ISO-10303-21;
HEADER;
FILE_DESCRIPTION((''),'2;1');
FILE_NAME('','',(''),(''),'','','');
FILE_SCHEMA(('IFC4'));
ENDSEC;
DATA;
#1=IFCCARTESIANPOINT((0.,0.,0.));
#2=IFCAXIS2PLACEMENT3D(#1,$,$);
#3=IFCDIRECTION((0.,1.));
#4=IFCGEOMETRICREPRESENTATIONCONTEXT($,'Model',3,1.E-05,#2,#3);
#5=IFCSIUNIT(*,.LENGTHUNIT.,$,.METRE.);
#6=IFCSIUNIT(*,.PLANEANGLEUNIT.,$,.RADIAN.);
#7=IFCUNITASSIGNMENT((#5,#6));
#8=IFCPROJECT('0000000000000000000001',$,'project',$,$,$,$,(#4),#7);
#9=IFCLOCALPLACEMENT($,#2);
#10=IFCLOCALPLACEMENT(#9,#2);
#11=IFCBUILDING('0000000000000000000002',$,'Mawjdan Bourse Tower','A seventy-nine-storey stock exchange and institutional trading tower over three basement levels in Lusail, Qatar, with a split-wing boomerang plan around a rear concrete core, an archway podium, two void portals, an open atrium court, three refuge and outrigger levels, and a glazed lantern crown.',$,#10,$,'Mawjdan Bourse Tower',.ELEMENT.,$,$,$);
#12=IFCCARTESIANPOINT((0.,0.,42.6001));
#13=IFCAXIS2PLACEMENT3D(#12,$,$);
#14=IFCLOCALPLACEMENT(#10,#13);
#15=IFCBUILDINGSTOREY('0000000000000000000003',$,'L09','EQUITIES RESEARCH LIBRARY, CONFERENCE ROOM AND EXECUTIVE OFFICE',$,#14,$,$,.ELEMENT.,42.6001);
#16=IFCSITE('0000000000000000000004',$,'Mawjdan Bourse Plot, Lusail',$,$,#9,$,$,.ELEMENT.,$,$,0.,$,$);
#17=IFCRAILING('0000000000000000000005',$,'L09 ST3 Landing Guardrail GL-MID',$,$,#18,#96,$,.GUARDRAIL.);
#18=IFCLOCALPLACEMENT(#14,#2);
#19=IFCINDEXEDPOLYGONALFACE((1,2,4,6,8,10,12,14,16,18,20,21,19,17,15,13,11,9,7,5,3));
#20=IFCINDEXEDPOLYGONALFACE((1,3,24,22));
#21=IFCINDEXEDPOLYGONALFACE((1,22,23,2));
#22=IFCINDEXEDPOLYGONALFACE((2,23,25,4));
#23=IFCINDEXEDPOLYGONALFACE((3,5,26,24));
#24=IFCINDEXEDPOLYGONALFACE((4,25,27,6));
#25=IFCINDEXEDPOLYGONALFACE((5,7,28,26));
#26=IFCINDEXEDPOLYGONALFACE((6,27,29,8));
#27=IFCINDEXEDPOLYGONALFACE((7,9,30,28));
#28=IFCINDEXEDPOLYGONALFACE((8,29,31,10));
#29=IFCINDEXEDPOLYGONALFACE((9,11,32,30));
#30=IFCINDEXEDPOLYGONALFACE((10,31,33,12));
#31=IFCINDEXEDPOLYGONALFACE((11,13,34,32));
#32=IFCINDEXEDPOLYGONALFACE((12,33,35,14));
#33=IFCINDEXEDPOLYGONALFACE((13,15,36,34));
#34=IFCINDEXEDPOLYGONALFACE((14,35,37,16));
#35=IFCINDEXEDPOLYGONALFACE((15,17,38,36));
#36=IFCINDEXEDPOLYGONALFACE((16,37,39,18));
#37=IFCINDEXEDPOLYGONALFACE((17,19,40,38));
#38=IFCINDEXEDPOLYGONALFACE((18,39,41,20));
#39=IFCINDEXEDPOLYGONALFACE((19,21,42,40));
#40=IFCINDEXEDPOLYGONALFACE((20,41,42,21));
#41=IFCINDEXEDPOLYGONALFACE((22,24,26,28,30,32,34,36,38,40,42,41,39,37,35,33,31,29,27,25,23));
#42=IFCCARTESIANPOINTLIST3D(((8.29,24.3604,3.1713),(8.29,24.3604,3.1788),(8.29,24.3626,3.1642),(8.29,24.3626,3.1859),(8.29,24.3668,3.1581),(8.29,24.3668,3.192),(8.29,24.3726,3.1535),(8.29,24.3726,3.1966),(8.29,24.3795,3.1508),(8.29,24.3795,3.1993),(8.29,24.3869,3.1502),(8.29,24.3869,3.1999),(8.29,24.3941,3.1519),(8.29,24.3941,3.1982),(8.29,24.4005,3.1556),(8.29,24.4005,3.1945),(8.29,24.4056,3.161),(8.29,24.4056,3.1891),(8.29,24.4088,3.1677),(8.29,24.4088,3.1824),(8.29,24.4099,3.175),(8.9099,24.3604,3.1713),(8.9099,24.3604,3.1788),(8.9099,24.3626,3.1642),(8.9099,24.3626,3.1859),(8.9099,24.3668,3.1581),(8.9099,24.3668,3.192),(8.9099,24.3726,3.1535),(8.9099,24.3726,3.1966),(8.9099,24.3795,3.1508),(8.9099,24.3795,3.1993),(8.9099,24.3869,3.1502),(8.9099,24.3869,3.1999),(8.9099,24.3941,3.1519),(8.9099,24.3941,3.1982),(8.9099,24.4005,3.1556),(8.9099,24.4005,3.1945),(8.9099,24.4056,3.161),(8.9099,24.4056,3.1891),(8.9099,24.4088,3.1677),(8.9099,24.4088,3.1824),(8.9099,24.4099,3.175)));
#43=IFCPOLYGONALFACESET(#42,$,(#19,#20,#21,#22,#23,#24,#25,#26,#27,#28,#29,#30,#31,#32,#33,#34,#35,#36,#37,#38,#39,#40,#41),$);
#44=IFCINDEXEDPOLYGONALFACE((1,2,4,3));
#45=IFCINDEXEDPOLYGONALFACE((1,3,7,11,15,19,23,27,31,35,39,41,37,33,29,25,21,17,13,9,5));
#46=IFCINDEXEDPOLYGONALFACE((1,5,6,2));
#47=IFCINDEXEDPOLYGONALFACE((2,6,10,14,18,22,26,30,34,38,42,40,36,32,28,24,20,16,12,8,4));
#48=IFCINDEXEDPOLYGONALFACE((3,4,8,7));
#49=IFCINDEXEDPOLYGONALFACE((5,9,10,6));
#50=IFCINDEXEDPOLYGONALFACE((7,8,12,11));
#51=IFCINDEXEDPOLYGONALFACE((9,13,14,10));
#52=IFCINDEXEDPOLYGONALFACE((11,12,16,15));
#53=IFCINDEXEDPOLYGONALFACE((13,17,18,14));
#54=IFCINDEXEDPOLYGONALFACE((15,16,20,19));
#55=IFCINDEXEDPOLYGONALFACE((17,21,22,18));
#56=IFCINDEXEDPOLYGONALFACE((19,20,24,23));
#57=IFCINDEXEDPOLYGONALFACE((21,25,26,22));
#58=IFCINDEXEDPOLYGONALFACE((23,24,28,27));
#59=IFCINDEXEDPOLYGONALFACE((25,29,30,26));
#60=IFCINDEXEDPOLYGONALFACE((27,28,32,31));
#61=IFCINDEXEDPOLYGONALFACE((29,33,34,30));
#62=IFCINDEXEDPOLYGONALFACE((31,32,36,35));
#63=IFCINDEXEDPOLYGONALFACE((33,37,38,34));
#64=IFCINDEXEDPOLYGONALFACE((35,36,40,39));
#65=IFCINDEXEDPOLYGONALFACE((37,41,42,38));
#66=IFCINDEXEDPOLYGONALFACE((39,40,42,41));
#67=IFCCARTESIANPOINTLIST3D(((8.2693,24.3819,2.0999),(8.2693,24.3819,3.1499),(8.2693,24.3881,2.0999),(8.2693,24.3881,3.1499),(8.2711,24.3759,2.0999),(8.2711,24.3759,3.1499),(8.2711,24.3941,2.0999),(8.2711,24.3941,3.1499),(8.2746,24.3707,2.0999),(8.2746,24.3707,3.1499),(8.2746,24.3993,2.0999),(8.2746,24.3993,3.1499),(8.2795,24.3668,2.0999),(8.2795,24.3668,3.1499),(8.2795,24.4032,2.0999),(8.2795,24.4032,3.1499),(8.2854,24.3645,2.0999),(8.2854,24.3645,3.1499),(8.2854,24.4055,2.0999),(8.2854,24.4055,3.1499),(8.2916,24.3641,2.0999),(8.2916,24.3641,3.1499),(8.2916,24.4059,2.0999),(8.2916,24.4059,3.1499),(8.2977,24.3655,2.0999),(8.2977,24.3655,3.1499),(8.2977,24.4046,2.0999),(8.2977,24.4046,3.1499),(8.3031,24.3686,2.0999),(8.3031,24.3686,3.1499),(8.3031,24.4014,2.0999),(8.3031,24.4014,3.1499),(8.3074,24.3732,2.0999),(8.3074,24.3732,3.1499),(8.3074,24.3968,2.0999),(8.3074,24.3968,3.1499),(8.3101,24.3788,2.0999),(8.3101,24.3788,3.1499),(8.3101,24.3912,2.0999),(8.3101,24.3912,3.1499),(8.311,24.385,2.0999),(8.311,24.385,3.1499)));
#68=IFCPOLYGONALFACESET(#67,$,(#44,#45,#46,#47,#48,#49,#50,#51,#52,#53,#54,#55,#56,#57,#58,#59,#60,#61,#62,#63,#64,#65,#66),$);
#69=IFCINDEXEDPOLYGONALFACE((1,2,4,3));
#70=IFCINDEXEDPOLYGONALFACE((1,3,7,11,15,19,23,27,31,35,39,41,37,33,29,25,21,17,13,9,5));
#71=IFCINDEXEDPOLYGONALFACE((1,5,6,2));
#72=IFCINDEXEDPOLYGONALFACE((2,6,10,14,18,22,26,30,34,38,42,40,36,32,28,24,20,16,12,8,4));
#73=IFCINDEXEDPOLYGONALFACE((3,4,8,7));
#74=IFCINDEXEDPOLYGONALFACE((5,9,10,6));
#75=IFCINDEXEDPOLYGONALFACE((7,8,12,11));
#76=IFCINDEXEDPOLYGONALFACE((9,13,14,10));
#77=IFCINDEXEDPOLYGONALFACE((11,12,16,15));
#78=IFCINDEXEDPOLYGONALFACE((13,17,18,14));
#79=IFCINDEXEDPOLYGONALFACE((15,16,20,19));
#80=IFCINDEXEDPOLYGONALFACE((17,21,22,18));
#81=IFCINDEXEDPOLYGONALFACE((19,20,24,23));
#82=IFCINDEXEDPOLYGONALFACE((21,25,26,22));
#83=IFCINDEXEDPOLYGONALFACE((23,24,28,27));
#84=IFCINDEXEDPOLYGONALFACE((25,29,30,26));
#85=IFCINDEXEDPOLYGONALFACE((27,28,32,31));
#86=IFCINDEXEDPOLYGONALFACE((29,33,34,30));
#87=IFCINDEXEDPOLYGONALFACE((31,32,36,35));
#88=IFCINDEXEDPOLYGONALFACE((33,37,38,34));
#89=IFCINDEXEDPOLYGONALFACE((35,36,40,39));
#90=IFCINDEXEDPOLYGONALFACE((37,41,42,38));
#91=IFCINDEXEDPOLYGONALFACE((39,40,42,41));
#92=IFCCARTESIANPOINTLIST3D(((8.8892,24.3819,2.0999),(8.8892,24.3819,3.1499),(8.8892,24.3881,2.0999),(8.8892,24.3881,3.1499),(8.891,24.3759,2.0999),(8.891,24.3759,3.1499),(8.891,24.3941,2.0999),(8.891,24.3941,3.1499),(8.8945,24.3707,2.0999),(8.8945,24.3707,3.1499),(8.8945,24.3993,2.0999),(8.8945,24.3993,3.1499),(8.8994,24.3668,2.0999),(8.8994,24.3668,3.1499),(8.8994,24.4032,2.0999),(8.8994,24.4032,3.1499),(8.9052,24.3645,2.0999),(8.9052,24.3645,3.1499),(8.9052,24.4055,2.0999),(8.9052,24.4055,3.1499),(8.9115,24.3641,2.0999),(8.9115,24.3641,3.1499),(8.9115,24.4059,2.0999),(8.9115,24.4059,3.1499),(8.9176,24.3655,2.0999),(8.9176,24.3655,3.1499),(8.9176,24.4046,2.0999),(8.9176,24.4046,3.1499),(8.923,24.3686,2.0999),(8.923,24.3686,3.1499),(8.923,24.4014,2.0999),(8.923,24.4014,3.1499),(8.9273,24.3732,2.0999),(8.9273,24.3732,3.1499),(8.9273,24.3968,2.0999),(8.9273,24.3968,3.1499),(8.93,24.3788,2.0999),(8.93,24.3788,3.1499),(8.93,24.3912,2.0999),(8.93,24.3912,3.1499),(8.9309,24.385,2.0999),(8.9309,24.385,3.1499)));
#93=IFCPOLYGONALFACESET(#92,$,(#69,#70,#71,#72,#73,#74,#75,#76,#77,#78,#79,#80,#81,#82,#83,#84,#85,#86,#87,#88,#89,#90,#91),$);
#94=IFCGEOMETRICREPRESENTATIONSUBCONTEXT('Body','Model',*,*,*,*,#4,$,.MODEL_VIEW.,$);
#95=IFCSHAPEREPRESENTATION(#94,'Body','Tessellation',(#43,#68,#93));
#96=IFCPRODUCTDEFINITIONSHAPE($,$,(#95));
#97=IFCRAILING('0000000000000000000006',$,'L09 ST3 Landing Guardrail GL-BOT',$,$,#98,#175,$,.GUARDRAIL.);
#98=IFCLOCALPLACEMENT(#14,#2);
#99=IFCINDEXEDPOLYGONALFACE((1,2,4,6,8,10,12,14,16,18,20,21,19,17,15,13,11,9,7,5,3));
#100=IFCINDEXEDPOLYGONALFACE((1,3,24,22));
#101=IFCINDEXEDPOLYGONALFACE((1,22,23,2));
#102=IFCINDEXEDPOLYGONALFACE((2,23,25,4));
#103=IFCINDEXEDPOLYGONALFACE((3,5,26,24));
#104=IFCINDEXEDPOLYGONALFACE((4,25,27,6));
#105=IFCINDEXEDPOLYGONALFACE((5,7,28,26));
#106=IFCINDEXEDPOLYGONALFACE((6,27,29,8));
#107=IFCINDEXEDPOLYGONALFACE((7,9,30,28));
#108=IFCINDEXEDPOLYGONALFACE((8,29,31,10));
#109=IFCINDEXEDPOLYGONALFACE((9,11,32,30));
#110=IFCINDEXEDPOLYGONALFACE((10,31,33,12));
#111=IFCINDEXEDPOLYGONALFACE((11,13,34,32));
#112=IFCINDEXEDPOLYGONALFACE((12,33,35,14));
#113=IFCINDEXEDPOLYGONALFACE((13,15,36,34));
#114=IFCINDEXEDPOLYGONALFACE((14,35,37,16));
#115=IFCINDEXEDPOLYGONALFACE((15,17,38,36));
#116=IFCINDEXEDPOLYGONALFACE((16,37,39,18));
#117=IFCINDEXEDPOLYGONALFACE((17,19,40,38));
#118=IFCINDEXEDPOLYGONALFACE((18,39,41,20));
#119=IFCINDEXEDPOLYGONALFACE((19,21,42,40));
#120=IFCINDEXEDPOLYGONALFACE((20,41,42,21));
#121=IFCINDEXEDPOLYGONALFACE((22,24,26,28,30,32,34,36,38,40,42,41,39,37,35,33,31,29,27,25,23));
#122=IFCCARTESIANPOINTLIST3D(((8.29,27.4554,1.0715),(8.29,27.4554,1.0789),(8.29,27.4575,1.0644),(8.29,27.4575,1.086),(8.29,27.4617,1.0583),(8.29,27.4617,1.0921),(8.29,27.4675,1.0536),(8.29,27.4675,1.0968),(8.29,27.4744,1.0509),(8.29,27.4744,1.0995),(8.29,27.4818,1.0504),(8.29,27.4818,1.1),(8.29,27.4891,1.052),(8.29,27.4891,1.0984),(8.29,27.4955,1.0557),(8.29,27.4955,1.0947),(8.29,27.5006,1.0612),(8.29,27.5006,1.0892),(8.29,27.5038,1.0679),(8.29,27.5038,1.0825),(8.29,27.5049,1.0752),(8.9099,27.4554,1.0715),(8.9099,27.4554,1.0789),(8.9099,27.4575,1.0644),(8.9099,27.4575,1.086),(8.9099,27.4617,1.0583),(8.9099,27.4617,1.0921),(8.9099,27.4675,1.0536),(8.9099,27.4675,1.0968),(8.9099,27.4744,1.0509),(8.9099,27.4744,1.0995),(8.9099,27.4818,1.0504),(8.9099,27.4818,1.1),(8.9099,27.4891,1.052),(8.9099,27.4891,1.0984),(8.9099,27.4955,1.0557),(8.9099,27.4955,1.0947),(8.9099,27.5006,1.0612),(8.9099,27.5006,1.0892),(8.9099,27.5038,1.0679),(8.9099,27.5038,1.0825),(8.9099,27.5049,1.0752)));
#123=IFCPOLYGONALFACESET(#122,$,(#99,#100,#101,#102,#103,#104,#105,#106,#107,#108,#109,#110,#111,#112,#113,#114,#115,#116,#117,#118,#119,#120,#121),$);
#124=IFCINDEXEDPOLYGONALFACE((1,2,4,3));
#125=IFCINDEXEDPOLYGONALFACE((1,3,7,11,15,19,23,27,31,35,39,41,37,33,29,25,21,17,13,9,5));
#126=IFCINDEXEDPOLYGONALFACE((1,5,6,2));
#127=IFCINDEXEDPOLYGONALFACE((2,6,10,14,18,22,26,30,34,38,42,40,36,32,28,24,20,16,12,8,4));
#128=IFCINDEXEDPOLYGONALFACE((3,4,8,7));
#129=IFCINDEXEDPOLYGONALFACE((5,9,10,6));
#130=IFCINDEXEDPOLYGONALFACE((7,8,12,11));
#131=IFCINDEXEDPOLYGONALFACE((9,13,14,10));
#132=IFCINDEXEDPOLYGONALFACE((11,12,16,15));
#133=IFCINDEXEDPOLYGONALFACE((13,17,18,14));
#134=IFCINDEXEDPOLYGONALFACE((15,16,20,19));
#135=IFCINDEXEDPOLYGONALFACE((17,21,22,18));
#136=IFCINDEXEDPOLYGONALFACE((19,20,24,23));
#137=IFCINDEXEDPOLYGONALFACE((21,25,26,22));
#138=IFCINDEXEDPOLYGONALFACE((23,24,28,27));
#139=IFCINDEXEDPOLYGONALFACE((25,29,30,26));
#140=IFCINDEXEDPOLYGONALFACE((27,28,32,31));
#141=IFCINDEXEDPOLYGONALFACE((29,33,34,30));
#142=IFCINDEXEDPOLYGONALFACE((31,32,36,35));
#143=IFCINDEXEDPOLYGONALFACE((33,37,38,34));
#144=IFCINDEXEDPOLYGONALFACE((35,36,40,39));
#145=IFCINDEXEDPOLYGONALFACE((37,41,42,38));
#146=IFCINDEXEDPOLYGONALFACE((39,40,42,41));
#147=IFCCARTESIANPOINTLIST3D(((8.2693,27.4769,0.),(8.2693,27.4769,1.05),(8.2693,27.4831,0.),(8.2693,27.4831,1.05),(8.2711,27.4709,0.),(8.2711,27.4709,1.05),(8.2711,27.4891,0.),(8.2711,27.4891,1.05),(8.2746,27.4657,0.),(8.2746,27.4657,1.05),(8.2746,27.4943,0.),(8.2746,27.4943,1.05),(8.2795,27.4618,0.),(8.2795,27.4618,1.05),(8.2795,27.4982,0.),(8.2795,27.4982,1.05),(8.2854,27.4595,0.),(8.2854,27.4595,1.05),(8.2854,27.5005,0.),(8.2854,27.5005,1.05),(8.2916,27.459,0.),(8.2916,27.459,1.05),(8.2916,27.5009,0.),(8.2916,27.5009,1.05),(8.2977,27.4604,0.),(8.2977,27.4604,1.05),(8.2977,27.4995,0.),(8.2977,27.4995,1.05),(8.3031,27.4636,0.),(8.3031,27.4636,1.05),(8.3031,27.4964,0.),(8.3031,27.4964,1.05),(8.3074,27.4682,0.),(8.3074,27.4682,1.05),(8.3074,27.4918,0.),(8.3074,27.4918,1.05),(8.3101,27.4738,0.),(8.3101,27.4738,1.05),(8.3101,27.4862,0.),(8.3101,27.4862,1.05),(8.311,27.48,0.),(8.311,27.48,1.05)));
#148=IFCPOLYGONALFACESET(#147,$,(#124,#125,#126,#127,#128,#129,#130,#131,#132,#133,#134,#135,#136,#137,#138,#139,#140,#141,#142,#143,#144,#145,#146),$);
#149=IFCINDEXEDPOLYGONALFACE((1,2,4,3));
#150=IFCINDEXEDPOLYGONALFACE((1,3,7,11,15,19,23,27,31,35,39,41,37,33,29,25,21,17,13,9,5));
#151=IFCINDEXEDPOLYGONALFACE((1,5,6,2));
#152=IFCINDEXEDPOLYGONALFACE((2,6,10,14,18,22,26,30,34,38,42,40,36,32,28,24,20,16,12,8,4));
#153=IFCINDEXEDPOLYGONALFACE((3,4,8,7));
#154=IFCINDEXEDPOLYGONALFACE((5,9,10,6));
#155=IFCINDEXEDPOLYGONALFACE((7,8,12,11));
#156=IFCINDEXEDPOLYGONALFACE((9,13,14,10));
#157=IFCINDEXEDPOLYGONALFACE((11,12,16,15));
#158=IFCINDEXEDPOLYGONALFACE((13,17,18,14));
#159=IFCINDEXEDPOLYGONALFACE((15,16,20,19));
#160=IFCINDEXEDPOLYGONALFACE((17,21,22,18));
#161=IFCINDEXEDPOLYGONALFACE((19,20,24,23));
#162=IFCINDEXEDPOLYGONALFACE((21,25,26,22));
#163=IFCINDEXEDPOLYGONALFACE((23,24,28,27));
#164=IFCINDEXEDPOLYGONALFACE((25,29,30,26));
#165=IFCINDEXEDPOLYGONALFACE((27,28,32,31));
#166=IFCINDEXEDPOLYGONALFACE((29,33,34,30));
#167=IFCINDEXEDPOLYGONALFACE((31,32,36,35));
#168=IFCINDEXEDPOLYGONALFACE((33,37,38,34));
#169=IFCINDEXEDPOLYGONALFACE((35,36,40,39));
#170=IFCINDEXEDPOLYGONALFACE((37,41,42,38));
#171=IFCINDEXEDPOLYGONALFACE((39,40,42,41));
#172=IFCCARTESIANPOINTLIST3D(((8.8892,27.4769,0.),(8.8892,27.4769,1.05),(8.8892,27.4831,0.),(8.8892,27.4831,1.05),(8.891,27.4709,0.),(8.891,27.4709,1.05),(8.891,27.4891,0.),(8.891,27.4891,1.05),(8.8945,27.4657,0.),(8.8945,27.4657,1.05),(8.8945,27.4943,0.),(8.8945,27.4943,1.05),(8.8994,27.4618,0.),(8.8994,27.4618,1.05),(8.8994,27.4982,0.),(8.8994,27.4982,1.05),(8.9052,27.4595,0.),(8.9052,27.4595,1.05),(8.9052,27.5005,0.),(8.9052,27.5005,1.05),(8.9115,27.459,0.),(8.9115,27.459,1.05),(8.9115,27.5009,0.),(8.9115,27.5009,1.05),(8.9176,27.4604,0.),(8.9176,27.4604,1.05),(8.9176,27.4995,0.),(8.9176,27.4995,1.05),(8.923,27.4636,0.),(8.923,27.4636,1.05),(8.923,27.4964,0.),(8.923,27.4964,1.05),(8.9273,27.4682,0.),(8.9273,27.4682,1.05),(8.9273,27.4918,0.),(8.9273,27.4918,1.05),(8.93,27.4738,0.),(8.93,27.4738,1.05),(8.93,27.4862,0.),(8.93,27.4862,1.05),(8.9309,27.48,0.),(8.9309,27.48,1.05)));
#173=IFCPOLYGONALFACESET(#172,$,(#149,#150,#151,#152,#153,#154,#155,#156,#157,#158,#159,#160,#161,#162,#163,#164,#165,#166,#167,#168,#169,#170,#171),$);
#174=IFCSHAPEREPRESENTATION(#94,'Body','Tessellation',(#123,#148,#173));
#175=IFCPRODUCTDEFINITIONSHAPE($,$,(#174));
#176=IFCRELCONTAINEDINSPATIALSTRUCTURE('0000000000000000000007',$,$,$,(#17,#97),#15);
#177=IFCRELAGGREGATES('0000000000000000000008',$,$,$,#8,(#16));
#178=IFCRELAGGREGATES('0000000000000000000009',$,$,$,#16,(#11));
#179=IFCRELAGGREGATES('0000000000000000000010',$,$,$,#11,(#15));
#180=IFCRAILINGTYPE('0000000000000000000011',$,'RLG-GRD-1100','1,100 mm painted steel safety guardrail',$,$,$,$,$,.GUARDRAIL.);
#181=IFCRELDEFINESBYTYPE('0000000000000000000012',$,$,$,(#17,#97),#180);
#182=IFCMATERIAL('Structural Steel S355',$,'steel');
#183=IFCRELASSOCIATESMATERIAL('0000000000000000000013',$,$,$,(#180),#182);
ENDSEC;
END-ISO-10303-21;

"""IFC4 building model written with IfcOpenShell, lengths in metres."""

from ifc_helpers import new_model, si_unit, direction, frame, origin, origin_2d, place, context, subcontext, project, spatial, circle, extrude, material, type_object, element, save


model = new_model("IFC4")

# Units and contexts
model_context = context("Model", 3, precision=1e-05, world=origin(), true_north=direction((0.0, 1.0)))
body_context = subcontext(model_context, "Body", "Model", "MODEL_VIEW")
ifc_project = project(units=[si_unit("LENGTHUNIT", "METRE"), si_unit("PLANEANGLEUNIT", "RADIAN")], contexts=[model_context])

# Site, building, storey
site_placement = place(None, origin())
site = spatial("IfcSite", under=ifc_project, at=site_placement, Name="Mawjdan Bourse Plot, Lusail", CompositionType="ELEMENT", RefElevation=0.0)
building_placement = place(site_placement, origin())
building = spatial("IfcBuilding", under=site, at=building_placement, Name="Mawjdan Bourse Tower", Description="A seventy-nine-storey stock exchange and institutional trading tower over three basement levels in Lusail, Qatar, with a split-wing boomerang plan around a rear concrete core, an archway podium, two void portals, an open atrium court, three refuge and outrigger levels, and a glazed lantern crown.", LongName="Mawjdan Bourse Tower", CompositionType="ELEMENT")
storey_placement = place(building_placement, frame((0.0, 0.0, 42.6001)))
storey = spatial("IfcBuildingStorey", under=building, at=storey_placement, Name="L09", Description="EQUITIES RESEARCH LIBRARY, CONFERENCE ROOM AND EXECUTIVE OFFICE", CompositionType="ELEMENT", Elevation=42.6001)

# Shared definitions
ifc_material_1 = material(Name="Structural Steel S355", Category="steel")

# Railings
railing_type_1 = type_object("IfcRailingType", Name="RLG-GRD-1100", Description="1,100 mm painted steel safety guardrail", PredefinedType="GUARDRAIL", material=ifc_material_1)
for number, where, name in (
    (1, (8.29, 24.385, 2.0999), "L09 ST3 Landing Guardrail GL-MID"),
    (2, (8.29, 27.48, 0.0), "L09 ST3 Landing Guardrail GL-BOT"),
):
    element("IfcRailing", number, at=place(storey_placement, frame(where)), inside=storey, type_object=railing_type_1, Name=name, PredefinedType="GUARDRAIL", context=body_context, shape_type="SweptSolid", body=[
        extrude(circle(Radius=0.0249, at=origin_2d()), frame((0.0, 0.0, 1.0752), z_axis=(1.0, 0.0, 0.0), x_axis=(0.0, 1.0, 0.0)), (0.0, 0.0, 1.0), 0.6199),
        extrude(circle(Radius=0.021, at=origin_2d()), origin(), (0.0, 0.0, 1.0), 1.05),
        extrude(circle(Radius=0.021, at=origin_2d()), frame((0.6199, 0.0, 0.0)), (0.0, 0.0, 1.0), 1.05),
    ])

save(model, "model.ifc")
